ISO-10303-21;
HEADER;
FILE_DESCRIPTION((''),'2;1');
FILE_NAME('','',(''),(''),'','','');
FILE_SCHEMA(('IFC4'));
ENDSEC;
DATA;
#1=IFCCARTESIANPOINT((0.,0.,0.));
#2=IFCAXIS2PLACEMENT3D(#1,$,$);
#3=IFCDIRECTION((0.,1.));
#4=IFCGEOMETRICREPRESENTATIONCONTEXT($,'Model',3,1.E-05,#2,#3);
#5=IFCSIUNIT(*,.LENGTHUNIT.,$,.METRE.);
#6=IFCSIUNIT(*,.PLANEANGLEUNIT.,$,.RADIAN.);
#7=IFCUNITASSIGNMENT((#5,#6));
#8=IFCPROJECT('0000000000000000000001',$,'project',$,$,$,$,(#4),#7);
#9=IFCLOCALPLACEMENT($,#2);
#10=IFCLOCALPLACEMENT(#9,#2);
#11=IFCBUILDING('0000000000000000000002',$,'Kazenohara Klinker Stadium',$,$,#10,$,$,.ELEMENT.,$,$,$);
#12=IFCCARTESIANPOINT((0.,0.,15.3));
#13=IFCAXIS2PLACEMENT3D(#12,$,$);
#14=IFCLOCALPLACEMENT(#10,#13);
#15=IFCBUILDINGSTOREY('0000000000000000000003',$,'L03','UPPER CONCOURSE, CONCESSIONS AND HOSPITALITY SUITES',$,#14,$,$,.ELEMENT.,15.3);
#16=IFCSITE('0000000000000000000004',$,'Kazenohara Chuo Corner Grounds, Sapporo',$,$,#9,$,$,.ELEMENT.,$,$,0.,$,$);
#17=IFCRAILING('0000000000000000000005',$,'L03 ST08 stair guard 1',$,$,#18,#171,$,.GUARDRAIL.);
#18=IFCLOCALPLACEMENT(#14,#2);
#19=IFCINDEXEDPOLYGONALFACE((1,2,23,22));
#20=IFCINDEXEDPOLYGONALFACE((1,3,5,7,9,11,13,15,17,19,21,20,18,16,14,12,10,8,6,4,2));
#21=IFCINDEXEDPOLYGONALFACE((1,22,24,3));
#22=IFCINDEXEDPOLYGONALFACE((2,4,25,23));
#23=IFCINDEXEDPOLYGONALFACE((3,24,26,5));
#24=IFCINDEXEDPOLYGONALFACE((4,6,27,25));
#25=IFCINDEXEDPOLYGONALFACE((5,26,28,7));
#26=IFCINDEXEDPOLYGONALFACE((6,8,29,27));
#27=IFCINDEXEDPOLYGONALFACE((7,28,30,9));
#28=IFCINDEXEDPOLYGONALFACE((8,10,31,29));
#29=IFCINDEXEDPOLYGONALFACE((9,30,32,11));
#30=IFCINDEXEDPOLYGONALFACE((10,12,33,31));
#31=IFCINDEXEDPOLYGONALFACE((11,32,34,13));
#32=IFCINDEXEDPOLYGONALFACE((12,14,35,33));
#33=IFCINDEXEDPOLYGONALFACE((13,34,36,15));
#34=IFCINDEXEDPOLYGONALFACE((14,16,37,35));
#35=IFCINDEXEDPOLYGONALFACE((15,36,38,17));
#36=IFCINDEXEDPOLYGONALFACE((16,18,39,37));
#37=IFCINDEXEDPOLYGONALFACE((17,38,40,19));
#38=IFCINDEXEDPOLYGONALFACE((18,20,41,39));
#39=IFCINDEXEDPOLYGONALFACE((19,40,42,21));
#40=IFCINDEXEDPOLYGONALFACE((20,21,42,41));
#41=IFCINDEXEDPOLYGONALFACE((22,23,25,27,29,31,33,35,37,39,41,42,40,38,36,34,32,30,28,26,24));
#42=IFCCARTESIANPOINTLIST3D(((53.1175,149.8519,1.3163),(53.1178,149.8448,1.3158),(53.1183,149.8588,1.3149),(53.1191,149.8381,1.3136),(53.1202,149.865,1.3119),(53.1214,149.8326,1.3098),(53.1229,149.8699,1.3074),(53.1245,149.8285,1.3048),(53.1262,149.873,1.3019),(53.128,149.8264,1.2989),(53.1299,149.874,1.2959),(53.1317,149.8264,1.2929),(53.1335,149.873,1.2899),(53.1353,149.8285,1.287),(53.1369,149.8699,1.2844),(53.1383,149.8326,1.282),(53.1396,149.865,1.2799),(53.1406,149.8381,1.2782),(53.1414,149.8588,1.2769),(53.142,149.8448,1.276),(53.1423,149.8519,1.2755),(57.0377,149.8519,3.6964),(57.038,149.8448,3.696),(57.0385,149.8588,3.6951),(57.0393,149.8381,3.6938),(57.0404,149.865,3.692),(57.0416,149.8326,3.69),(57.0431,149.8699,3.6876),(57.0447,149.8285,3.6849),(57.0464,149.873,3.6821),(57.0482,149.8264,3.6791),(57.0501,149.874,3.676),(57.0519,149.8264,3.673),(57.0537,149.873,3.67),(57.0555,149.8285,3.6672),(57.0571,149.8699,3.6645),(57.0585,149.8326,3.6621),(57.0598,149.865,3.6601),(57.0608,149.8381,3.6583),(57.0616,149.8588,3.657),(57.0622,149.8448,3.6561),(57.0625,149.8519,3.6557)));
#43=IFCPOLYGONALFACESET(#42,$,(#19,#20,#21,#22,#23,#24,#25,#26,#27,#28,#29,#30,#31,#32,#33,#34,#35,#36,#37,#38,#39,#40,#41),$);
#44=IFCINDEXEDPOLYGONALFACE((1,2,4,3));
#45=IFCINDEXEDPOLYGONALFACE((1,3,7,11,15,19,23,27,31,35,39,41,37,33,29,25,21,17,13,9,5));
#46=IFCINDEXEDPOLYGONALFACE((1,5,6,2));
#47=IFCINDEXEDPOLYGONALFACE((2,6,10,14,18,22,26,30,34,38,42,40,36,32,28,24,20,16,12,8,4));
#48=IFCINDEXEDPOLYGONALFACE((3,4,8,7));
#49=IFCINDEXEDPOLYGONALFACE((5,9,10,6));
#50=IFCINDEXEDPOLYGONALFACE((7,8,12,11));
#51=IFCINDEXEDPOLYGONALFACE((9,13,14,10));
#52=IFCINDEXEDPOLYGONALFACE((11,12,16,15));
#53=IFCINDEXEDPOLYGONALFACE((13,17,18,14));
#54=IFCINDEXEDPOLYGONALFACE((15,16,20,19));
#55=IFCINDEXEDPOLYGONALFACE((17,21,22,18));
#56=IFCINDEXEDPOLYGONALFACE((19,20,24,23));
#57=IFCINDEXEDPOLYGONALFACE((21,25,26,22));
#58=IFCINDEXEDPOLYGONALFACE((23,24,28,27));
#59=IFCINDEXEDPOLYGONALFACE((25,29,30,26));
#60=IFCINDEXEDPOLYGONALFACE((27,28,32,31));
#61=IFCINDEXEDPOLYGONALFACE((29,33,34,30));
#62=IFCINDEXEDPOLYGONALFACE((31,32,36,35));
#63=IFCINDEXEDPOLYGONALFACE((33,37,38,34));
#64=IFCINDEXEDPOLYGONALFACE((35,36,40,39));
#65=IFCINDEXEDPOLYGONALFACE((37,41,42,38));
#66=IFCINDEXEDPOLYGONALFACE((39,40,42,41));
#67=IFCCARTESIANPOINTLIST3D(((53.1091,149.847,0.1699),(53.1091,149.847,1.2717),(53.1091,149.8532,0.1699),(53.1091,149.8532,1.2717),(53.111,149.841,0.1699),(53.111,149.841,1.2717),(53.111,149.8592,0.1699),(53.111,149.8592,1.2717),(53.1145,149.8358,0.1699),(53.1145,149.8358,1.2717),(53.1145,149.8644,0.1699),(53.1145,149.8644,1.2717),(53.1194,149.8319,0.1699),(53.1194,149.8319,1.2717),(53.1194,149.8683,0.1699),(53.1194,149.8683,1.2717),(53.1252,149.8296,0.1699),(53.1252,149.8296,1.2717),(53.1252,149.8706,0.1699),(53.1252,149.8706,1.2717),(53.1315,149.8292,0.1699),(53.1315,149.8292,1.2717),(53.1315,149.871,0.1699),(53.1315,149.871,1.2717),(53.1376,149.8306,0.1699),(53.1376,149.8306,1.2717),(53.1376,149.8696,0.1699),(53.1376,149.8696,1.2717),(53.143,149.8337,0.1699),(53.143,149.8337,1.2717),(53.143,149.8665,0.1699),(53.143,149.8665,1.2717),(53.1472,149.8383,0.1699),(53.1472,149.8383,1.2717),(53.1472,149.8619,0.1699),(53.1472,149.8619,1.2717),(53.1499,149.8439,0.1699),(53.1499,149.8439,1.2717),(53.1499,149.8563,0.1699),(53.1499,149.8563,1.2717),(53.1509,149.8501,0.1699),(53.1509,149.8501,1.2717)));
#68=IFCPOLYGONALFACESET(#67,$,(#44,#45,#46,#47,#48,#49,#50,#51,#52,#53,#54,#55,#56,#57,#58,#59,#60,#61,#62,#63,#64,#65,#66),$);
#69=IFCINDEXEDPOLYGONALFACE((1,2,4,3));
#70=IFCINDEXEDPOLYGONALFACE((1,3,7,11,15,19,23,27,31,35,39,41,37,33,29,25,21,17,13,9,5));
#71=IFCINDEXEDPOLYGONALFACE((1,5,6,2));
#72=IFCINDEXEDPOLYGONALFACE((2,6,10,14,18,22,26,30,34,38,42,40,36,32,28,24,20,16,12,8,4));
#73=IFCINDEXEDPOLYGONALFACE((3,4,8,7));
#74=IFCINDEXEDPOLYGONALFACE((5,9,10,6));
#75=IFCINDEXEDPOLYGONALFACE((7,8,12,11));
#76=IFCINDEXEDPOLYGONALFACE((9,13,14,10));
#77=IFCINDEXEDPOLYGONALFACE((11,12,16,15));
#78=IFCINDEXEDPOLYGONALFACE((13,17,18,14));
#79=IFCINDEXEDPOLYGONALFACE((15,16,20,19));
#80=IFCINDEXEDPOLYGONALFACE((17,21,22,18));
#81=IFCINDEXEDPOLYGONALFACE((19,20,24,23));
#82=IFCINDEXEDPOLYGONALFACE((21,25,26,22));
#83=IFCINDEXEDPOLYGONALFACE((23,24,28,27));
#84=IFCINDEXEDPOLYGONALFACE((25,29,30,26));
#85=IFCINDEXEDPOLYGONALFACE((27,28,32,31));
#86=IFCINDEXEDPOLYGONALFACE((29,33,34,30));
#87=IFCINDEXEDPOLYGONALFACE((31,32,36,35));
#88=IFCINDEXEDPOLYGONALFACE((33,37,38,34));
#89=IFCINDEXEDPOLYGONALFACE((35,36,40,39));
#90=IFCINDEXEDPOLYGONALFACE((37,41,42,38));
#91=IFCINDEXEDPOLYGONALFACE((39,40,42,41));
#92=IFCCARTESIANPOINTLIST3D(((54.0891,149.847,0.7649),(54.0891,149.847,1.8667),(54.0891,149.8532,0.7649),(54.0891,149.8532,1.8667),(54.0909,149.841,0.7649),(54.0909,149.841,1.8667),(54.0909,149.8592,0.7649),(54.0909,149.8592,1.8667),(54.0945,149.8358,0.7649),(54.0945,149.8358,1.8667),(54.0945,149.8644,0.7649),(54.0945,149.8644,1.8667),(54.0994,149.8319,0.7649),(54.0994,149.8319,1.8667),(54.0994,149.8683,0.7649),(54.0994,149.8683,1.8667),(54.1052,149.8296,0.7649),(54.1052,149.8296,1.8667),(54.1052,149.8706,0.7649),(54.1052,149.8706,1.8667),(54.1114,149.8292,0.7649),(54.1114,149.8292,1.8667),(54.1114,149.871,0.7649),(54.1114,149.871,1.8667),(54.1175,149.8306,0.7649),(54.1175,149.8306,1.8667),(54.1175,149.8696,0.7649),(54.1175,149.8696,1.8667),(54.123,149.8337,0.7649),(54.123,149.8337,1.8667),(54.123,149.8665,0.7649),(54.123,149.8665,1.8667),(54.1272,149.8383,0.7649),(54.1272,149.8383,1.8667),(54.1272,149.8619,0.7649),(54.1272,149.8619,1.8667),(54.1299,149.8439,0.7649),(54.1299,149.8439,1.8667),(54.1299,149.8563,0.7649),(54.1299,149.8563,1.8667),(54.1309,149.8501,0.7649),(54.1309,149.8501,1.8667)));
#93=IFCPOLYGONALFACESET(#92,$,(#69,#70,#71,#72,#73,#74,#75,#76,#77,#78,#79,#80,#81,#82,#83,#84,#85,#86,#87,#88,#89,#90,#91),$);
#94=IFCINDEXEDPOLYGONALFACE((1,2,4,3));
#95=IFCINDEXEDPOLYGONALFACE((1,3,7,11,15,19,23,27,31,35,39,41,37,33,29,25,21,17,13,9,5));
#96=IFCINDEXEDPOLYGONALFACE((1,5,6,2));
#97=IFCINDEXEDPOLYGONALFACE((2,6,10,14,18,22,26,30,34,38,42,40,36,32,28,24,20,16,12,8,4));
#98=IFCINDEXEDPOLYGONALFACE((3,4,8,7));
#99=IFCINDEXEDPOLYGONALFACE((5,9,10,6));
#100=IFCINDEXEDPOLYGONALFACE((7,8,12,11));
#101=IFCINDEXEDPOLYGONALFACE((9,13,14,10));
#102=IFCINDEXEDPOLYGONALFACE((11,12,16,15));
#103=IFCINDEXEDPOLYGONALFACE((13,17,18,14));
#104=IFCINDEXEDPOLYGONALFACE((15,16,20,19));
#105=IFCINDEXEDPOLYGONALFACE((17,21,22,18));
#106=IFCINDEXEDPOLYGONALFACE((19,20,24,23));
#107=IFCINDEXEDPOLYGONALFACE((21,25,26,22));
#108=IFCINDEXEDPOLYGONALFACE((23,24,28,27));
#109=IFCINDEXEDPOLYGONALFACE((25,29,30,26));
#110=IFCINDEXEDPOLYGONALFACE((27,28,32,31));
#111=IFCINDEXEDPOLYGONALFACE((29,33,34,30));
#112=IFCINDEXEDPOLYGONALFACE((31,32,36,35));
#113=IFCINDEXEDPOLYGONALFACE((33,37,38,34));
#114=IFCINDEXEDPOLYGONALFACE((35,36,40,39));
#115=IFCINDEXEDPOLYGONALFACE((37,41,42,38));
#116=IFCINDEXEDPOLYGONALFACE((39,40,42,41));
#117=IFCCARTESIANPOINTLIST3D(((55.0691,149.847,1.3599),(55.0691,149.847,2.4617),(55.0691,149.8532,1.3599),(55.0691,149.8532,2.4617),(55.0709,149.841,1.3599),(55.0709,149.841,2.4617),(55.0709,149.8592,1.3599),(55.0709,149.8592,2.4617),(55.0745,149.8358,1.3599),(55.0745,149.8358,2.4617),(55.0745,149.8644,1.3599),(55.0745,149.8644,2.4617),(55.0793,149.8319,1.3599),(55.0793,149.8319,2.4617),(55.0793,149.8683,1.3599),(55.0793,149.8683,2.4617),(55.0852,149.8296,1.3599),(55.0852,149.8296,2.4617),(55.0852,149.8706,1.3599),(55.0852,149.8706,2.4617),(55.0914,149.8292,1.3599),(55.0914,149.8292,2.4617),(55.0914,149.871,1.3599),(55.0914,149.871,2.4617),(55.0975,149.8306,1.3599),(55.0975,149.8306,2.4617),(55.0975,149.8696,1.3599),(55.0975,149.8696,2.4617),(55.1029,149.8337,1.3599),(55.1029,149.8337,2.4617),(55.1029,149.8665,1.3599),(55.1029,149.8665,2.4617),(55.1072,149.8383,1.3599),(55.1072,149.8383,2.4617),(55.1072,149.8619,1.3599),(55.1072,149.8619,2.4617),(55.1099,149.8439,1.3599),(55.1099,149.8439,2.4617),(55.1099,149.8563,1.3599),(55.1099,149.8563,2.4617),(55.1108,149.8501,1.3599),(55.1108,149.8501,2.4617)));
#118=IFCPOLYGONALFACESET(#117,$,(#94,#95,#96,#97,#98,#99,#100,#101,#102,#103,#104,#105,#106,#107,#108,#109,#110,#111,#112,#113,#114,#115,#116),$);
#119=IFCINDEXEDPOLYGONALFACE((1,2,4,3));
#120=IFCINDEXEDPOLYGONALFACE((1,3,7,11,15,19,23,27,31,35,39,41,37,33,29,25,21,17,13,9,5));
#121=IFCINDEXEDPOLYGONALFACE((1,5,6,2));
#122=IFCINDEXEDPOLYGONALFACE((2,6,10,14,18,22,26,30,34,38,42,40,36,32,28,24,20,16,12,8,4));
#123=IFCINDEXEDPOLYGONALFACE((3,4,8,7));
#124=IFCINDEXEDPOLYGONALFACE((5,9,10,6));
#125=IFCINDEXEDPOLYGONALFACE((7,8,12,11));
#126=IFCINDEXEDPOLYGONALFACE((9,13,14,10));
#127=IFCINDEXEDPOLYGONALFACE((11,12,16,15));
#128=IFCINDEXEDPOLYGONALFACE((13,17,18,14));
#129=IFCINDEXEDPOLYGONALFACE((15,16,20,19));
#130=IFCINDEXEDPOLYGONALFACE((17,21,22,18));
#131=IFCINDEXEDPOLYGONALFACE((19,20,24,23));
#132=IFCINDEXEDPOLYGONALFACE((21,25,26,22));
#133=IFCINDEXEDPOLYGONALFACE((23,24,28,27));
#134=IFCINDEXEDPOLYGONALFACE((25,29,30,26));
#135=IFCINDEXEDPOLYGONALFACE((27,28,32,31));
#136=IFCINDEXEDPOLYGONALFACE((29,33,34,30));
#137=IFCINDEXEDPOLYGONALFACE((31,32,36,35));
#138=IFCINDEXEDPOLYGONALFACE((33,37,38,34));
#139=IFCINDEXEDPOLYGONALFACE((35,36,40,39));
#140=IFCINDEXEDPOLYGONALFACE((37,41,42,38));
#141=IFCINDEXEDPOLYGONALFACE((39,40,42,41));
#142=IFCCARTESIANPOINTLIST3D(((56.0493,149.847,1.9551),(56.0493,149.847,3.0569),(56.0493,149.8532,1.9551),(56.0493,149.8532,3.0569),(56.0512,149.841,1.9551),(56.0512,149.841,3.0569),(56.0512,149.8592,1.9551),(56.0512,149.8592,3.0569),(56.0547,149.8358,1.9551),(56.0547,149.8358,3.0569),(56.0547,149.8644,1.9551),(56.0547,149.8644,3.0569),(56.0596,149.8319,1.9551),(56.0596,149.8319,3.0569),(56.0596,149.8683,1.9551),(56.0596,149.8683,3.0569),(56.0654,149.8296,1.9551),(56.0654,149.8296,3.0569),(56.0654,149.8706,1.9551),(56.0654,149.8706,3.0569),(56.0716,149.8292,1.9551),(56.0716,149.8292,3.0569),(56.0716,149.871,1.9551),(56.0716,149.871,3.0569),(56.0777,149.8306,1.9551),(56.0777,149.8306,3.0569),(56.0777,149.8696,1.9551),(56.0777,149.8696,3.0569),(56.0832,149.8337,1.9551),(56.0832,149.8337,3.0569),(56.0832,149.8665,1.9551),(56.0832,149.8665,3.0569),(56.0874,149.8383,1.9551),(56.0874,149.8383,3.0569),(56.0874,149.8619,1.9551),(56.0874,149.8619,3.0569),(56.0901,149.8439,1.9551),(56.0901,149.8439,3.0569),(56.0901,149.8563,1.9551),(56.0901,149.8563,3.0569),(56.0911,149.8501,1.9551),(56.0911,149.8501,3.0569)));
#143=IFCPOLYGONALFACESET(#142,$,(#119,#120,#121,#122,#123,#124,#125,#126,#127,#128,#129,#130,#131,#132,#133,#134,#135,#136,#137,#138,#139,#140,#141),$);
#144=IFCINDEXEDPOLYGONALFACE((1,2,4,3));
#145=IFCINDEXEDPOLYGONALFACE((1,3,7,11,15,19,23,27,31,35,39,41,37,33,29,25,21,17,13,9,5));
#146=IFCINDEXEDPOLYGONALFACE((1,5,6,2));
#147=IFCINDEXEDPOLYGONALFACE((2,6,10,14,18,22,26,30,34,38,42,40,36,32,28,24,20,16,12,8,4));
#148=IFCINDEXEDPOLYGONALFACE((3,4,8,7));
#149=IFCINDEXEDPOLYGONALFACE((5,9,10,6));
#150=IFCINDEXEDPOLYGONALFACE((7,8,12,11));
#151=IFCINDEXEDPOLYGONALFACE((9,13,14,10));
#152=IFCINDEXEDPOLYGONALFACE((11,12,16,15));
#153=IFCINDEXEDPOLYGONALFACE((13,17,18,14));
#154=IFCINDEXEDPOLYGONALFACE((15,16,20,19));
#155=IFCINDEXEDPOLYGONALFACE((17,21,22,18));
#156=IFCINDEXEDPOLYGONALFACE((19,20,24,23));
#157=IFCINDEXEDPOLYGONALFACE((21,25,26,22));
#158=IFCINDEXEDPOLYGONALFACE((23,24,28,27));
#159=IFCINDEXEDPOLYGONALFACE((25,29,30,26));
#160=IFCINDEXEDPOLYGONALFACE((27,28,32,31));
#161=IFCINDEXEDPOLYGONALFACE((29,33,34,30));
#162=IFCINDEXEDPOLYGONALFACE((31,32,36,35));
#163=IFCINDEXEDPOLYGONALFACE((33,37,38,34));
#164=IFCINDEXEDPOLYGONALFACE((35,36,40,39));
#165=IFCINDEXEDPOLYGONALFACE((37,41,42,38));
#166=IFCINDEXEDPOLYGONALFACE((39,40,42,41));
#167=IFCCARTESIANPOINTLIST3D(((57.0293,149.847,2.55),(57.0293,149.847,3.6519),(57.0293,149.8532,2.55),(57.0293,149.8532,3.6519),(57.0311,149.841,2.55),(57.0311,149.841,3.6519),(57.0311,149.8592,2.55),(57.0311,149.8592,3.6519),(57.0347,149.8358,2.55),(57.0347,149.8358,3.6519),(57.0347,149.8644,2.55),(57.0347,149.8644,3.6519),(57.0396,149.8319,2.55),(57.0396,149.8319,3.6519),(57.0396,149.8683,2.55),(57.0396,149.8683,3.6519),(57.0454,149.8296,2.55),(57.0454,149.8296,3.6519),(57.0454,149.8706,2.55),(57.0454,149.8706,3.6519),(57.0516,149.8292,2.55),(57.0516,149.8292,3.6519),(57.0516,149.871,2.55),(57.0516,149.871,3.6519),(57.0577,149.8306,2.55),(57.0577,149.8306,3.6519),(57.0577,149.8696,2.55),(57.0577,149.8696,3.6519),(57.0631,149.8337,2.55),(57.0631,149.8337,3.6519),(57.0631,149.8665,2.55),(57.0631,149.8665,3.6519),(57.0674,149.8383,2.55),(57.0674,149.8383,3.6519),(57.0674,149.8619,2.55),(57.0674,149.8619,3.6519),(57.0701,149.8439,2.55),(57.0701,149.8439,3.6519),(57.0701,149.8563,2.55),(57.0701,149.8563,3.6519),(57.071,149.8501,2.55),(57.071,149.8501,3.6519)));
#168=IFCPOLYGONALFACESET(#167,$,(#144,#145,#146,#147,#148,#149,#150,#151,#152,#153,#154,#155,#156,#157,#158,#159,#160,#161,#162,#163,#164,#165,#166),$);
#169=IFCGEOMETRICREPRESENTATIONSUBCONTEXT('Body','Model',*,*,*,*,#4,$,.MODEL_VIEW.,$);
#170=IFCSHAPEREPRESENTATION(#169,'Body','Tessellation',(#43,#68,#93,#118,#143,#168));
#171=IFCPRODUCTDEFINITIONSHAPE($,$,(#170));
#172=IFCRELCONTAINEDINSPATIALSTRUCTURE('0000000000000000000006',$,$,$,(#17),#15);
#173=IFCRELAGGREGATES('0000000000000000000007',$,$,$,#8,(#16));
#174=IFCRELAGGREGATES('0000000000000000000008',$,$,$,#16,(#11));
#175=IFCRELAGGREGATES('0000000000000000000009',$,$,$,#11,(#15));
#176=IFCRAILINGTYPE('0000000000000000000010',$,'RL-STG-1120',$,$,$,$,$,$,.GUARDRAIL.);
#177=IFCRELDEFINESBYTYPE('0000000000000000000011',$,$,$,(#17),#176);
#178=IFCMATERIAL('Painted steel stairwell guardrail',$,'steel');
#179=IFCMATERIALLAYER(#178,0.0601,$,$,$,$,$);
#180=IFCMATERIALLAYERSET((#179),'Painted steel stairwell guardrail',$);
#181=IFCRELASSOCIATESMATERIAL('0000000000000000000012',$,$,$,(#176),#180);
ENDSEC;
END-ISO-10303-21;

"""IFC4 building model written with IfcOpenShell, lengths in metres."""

from ifc_helpers import new_model, si_unit, direction, frame, origin, origin_2d, place, context, subcontext, project, spatial, circle, extrude, material, layer, layer_set, type_object, element, save


model = new_model("IFC4")

# Units and contexts
model_context = context("Model", 3, precision=1e-05, world=origin(), true_north=direction((0.0, 1.0)))
body_context = subcontext(model_context, "Body", "Model", "MODEL_VIEW")
ifc_project = project(units=[si_unit("LENGTHUNIT", "METRE"), si_unit("PLANEANGLEUNIT", "RADIAN")], contexts=[model_context])

# Site, building, storey
site_placement = place(None, origin())
site = spatial("IfcSite", under=ifc_project, at=site_placement, Name="Kazenohara Chuo Corner Grounds, Sapporo", CompositionType="ELEMENT", RefElevation=0.0)
building_placement = place(site_placement, origin())
building = spatial("IfcBuilding", under=site, at=building_placement, Name="Kazenohara Klinker Stadium", CompositionType="ELEMENT")
storey_placement = place(building_placement, frame((0.0, 0.0, 15.3)))
storey = spatial("IfcBuildingStorey", under=building, at=storey_placement, Name="L03", Description="UPPER CONCOURSE, CONCESSIONS AND HOSPITALITY SUITES", CompositionType="ELEMENT", Elevation=15.3)

# Railing
ifc_material_1 = material(Name="Painted steel stairwell guardrail", Category="steel")
ifc_layer_1 = layer(ifc_material_1, 0.0601)
ifc_layer_set_1 = layer_set([ifc_layer_1], Name="Painted steel stairwell guardrail")
railing_type_1 = type_object("IfcRailingType", Name="RL-STG-1120", PredefinedType="GUARDRAIL", material=ifc_layer_set_1)
railing_1_placement = place(storey_placement, frame((53.1299, 149.8501, 0.1699)))
element("IfcRailing", 1, at=railing_1_placement, inside=storey, type_object=railing_type_1, Name="L03 ST08 stair guard 1", PredefinedType="GUARDRAIL", context=body_context, shape_type="SweptSolid", body=[
    extrude(circle(Radius=0.0239, at=origin_2d()), frame((0.0, 0.0, 1.126), z_axis=(0.854785, 0.0, 0.518982), x_axis=(0.0, 1.0, 0.0)), (0.0, 0.0, 1.0), 4.5862),
    extrude(circle(Radius=0.021, at=origin_2d()), origin(), (0.0, 0.0, 1.0), 1.1018),
    extrude(circle(Radius=0.021, at=origin_2d()), frame((0.98, 0.0, 0.595)), (0.0, 0.0, 1.0), 1.1018),
    extrude(circle(Radius=0.021, at=origin_2d()), frame((1.96, 0.0, 1.1899)), (0.0, 0.0, 1.0), 1.1018),
    extrude(circle(Radius=0.021, at=origin_2d()), frame((2.9402, 0.0, 1.7852)), (0.0, 0.0, 1.0), 1.1018),
    extrude(circle(Radius=0.021, at=origin_2d()), frame((3.9202, 0.0, 2.3801)), (0.0, 0.0, 1.0), 1.1018),
])

save(model, "model.ifc")
